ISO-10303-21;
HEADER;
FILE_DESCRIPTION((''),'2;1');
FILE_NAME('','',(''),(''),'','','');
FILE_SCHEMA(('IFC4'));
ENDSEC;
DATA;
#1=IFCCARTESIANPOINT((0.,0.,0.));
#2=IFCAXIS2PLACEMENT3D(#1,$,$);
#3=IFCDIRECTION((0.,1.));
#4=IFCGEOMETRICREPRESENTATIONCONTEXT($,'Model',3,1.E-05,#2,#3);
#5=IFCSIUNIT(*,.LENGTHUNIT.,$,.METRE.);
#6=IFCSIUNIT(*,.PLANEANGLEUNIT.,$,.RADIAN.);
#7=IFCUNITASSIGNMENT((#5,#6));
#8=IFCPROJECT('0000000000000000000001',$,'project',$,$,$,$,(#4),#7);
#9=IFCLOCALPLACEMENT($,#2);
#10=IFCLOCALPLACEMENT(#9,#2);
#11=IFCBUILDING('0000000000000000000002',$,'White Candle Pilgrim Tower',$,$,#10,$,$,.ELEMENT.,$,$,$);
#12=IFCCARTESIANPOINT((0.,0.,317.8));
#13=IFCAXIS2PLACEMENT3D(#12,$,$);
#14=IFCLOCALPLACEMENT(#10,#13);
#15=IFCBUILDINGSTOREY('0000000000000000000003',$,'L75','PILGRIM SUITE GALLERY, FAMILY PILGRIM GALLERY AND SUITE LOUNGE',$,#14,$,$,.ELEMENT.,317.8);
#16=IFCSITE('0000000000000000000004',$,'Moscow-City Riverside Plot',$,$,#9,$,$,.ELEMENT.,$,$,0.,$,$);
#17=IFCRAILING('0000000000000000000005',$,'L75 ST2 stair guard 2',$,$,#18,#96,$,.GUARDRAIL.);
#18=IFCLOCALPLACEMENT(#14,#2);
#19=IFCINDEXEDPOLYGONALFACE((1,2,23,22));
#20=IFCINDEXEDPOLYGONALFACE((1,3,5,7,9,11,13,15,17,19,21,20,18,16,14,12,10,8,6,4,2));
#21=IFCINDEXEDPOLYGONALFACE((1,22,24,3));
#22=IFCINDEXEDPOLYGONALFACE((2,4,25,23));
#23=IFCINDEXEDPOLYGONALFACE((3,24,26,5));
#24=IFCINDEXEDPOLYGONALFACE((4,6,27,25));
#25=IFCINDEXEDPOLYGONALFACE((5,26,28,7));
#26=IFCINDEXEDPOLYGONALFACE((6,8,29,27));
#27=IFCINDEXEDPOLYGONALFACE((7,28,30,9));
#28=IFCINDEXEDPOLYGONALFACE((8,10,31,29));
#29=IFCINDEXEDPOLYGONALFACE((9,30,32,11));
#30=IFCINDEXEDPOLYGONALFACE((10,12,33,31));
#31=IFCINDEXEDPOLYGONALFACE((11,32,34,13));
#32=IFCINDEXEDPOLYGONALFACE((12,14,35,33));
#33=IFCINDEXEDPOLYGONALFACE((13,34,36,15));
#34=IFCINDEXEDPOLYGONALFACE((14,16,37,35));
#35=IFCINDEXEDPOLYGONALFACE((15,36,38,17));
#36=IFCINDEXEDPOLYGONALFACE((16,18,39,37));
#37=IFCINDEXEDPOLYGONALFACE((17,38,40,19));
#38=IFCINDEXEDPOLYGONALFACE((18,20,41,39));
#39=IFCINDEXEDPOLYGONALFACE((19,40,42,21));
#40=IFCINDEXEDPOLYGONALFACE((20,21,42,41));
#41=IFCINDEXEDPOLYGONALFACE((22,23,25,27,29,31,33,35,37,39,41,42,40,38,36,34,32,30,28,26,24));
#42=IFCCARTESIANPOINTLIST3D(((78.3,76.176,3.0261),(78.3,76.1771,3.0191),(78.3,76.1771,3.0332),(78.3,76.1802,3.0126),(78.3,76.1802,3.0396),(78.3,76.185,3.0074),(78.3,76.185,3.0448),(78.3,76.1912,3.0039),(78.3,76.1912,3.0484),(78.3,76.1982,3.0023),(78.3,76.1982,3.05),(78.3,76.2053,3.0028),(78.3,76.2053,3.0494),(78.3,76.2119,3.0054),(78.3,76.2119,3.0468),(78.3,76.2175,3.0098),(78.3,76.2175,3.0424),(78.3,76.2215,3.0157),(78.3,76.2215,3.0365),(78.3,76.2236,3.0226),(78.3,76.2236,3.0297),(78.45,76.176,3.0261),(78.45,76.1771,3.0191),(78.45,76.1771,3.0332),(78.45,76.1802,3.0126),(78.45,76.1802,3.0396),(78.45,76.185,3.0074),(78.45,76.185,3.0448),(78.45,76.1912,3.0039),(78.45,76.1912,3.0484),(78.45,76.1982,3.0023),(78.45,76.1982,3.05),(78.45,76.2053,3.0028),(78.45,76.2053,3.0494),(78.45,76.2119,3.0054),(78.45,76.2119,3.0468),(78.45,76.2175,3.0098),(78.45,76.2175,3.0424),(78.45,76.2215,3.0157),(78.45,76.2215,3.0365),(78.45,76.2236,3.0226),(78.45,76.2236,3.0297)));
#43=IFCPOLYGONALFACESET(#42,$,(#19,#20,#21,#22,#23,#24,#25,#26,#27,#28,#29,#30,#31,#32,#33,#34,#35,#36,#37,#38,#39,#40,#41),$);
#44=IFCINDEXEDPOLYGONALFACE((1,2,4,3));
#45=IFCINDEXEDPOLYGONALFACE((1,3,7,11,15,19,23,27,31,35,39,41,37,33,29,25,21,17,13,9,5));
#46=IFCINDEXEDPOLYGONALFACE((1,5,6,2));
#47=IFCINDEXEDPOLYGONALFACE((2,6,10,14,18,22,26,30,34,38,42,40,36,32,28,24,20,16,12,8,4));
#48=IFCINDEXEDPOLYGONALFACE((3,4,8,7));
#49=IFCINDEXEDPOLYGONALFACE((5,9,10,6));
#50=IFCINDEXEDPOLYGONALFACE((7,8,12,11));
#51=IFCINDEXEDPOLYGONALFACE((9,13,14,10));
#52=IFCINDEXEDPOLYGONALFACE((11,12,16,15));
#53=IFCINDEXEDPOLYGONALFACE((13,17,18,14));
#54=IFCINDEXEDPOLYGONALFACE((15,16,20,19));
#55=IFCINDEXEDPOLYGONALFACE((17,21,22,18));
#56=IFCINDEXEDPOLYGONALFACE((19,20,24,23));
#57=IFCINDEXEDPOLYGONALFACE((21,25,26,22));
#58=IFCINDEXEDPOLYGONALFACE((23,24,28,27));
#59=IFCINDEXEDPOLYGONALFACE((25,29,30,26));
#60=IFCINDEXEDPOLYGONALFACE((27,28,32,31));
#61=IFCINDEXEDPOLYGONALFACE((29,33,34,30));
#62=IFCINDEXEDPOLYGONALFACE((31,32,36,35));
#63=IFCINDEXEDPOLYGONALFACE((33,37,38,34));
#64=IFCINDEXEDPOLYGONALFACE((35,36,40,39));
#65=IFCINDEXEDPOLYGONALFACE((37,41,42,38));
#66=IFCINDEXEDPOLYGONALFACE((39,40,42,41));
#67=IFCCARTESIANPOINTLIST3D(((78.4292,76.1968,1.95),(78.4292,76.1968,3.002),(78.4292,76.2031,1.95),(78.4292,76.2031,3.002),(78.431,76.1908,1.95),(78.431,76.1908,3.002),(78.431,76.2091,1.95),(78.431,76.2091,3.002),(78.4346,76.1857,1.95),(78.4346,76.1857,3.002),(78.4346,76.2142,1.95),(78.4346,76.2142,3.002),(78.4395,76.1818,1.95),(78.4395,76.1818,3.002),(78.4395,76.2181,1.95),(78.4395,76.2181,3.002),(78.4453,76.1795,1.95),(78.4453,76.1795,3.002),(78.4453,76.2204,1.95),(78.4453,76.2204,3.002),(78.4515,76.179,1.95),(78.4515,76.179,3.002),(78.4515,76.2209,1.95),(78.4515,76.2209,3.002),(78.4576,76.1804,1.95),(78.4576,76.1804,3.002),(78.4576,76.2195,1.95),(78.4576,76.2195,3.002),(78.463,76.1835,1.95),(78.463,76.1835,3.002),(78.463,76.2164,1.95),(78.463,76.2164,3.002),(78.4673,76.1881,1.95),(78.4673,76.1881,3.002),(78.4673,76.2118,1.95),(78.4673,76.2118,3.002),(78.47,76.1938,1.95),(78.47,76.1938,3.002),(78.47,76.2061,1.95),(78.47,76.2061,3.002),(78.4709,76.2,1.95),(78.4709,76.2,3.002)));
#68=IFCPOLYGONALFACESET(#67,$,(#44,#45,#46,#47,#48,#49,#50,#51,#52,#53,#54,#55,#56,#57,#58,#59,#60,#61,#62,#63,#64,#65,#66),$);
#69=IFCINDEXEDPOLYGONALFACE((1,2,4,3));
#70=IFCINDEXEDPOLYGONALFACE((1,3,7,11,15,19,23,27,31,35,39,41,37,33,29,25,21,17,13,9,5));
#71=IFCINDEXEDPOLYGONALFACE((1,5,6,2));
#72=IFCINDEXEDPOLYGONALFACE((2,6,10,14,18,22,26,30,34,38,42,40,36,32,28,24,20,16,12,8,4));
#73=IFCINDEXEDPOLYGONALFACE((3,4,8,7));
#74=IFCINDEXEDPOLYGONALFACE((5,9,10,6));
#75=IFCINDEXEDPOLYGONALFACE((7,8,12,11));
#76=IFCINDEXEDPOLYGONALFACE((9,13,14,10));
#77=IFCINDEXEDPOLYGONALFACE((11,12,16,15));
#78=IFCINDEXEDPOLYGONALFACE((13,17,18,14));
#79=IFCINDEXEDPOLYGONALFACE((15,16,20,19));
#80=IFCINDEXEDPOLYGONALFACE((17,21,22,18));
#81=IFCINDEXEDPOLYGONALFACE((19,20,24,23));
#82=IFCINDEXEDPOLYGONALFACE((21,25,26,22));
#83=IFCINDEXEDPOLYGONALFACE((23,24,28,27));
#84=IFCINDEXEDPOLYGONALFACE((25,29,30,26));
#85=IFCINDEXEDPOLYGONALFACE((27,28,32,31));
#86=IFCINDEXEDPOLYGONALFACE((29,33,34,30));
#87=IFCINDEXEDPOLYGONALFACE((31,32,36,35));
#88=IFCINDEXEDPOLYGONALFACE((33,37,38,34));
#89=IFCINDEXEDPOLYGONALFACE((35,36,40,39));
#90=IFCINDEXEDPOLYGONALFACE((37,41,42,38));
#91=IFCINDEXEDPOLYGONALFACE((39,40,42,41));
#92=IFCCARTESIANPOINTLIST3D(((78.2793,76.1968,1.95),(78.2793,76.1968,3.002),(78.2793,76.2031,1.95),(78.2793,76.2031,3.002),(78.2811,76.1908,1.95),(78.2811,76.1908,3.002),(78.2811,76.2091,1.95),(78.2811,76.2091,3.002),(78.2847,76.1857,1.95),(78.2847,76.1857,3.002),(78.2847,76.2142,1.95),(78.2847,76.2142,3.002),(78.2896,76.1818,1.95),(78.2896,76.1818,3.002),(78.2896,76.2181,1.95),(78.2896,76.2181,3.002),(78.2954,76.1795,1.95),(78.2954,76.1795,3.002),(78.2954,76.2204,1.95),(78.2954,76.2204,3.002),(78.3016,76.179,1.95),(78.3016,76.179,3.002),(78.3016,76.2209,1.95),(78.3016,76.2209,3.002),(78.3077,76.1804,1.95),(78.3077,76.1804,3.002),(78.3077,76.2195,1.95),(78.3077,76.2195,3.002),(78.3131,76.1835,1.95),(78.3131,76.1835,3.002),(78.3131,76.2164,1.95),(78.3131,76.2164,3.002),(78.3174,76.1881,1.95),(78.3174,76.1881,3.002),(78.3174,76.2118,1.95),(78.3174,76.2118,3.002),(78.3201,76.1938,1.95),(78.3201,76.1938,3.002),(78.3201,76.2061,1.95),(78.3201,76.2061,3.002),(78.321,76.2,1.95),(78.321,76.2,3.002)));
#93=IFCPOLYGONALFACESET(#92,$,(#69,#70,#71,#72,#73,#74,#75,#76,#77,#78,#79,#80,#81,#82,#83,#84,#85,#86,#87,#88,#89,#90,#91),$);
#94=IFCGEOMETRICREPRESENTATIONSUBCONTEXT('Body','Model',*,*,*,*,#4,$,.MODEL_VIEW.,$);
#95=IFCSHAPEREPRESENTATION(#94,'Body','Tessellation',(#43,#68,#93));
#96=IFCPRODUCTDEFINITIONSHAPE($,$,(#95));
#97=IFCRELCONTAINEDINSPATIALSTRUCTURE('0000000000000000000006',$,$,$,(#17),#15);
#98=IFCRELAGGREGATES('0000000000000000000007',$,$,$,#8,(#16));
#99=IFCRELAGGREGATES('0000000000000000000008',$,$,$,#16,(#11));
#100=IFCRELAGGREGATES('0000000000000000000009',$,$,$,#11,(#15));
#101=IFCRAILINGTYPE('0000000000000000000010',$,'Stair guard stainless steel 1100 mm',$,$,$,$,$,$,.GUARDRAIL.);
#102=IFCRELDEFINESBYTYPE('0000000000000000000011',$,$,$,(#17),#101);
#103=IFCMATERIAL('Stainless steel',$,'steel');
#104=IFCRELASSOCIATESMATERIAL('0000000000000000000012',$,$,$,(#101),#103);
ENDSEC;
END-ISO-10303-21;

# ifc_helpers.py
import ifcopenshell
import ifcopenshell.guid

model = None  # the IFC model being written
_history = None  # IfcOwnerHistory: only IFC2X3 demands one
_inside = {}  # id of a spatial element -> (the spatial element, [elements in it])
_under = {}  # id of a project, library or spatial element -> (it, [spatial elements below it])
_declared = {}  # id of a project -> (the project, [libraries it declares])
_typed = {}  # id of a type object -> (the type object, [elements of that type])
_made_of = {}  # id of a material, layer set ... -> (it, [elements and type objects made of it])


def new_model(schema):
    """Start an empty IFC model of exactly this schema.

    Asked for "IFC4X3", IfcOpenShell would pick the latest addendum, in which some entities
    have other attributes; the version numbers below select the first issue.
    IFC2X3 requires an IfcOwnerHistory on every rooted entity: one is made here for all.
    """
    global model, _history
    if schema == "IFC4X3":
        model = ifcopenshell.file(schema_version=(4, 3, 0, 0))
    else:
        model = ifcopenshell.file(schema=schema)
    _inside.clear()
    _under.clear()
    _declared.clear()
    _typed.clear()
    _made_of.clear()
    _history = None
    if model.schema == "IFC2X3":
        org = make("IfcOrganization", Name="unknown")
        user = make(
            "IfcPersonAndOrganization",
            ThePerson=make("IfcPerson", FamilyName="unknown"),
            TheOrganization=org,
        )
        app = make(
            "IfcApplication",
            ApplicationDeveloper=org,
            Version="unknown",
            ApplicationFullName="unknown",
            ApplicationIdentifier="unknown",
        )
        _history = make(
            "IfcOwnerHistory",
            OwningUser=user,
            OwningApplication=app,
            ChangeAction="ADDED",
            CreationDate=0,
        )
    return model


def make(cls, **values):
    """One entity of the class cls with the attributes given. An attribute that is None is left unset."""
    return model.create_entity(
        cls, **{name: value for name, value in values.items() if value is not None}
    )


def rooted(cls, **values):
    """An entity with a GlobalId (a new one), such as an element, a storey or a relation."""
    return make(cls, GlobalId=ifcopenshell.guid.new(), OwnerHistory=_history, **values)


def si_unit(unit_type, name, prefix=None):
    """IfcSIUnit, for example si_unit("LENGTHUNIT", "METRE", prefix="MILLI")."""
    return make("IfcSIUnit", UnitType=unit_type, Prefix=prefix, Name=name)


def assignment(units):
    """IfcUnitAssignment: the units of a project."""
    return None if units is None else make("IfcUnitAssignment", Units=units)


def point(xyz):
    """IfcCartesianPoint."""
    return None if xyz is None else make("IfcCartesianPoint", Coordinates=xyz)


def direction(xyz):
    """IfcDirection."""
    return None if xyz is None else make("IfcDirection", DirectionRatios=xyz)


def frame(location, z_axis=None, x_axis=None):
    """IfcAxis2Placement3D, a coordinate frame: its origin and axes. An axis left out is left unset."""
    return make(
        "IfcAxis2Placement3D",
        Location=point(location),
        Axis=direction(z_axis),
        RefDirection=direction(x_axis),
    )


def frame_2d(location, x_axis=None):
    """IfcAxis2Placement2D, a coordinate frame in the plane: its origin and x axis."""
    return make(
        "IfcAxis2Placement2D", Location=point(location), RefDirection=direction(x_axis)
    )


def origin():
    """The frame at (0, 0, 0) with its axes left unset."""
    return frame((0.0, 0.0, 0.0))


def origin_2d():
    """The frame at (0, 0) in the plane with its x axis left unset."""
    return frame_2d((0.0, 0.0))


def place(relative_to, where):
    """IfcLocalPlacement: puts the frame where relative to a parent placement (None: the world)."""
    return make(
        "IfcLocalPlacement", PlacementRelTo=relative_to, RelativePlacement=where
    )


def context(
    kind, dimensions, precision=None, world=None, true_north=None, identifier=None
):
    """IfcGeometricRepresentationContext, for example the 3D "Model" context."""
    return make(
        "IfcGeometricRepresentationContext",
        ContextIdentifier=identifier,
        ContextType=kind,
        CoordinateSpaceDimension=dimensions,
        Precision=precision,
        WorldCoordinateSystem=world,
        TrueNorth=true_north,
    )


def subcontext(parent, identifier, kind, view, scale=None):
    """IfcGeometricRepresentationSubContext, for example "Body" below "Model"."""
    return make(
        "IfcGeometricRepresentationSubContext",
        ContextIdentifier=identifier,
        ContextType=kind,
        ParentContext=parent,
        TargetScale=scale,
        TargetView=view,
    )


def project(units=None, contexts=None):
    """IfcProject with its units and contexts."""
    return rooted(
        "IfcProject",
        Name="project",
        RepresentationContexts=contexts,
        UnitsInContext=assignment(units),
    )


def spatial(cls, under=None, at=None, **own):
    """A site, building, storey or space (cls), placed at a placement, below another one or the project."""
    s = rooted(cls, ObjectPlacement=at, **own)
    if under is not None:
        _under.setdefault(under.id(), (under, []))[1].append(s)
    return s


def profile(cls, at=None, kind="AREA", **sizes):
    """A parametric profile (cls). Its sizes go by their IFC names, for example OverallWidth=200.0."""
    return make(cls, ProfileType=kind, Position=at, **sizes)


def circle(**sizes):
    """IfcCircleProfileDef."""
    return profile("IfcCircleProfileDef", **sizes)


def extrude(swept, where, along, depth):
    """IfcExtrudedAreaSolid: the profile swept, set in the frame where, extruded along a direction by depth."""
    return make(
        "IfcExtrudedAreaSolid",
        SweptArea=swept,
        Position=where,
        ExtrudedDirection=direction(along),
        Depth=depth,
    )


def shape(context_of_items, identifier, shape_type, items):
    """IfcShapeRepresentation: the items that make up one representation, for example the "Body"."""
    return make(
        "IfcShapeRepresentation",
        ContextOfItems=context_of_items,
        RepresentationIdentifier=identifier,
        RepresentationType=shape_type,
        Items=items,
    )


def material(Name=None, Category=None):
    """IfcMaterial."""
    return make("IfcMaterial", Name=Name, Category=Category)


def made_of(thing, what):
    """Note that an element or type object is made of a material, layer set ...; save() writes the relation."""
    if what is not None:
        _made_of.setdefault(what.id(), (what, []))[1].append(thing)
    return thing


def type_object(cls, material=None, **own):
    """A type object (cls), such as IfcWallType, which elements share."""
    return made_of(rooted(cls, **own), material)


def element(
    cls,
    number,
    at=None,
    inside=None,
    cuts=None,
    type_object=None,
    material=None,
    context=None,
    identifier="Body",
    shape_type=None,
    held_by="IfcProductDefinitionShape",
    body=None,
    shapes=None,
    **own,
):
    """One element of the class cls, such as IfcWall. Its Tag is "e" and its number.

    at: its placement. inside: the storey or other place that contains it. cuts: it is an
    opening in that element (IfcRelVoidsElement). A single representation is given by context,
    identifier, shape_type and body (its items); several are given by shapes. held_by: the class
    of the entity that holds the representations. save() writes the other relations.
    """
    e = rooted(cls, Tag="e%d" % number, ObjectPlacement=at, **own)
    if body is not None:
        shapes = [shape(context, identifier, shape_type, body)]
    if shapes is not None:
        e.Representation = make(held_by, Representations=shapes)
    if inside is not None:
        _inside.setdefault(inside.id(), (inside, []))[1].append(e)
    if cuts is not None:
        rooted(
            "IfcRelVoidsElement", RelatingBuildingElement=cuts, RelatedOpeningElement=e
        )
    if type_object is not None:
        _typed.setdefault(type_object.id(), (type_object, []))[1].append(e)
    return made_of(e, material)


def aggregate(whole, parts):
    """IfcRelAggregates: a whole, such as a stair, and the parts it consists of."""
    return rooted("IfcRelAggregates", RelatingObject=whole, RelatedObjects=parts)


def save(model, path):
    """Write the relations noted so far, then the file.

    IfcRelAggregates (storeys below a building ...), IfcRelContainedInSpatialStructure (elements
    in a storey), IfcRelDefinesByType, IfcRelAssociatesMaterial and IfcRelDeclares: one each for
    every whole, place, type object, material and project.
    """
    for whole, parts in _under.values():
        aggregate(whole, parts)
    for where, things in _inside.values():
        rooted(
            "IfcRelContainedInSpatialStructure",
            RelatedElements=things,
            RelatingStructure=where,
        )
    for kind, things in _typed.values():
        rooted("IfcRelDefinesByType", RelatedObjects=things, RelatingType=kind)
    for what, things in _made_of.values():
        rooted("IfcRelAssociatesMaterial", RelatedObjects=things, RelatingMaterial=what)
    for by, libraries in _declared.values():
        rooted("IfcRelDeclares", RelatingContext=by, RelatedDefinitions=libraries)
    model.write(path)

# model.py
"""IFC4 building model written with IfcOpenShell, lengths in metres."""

from ifc_helpers import new_model, si_unit, direction, frame, origin, origin_2d, place, context, subcontext, project, spatial, circle, extrude, material, type_object, element, save


model = new_model("IFC4")

# Units and contexts
model_context = context("Model", 3, precision=1e-05, world=origin(), true_north=direction((0.0, 1.0)))
body_context = subcontext(model_context, "Body", "Model", "MODEL_VIEW")
ifc_project = project(units=[si_unit("LENGTHUNIT", "METRE"), si_unit("PLANEANGLEUNIT", "RADIAN")], contexts=[model_context])

# Site, building, storey
site_placement = place(None, origin())
site = spatial("IfcSite", under=ifc_project, at=site_placement, Name="Moscow-City Riverside Plot", CompositionType="ELEMENT", RefElevation=0.0)
building_placement = place(site_placement, origin())
building = spatial("IfcBuilding", under=site, at=building_placement, Name="White Candle Pilgrim Tower", CompositionType="ELEMENT")
storey_placement = place(building_placement, frame((0.0, 0.0, 317.8)))
storey = spatial("IfcBuildingStorey", under=building, at=storey_placement, Name="L75", Description="PILGRIM SUITE GALLERY, FAMILY PILGRIM GALLERY AND SUITE LOUNGE", CompositionType="ELEMENT", Elevation=317.8)

# Railing
ifc_material_1 = material(Name="Stainless steel", Category="steel")
railing_type_1 = type_object("IfcRailingType", Name="Stair guard stainless steel 1100 mm", PredefinedType="GUARDRAIL", material=ifc_material_1)
railing_1_placement = place(storey_placement, frame((78.45, 76.2, 1.95)))
element("IfcRailing", 1, at=railing_1_placement, inside=storey, type_object=railing_type_1, Name="L75 ST2 stair guard 2", PredefinedType="GUARDRAIL", context=body_context, shape_type="SweptSolid", body=[
    extrude(circle(Radius=0.0239, at=origin_2d()), frame((0.0, 0.0, 1.0762), z_axis=(-1.0, 0.0, 0.0), x_axis=(0.0, -1.0, 0.0)), (0.0, 0.0, 1.0), 0.1499),
    extrude(circle(Radius=0.021, at=origin_2d()), origin(), (0.0, 0.0, 1.0), 1.052),
    extrude(circle(Radius=0.021, at=origin_2d()), frame((-0.1499, 0.0, 0.0)), (0.0, 0.0, 1.0), 1.052),
])

save(model, "model.ifc")
